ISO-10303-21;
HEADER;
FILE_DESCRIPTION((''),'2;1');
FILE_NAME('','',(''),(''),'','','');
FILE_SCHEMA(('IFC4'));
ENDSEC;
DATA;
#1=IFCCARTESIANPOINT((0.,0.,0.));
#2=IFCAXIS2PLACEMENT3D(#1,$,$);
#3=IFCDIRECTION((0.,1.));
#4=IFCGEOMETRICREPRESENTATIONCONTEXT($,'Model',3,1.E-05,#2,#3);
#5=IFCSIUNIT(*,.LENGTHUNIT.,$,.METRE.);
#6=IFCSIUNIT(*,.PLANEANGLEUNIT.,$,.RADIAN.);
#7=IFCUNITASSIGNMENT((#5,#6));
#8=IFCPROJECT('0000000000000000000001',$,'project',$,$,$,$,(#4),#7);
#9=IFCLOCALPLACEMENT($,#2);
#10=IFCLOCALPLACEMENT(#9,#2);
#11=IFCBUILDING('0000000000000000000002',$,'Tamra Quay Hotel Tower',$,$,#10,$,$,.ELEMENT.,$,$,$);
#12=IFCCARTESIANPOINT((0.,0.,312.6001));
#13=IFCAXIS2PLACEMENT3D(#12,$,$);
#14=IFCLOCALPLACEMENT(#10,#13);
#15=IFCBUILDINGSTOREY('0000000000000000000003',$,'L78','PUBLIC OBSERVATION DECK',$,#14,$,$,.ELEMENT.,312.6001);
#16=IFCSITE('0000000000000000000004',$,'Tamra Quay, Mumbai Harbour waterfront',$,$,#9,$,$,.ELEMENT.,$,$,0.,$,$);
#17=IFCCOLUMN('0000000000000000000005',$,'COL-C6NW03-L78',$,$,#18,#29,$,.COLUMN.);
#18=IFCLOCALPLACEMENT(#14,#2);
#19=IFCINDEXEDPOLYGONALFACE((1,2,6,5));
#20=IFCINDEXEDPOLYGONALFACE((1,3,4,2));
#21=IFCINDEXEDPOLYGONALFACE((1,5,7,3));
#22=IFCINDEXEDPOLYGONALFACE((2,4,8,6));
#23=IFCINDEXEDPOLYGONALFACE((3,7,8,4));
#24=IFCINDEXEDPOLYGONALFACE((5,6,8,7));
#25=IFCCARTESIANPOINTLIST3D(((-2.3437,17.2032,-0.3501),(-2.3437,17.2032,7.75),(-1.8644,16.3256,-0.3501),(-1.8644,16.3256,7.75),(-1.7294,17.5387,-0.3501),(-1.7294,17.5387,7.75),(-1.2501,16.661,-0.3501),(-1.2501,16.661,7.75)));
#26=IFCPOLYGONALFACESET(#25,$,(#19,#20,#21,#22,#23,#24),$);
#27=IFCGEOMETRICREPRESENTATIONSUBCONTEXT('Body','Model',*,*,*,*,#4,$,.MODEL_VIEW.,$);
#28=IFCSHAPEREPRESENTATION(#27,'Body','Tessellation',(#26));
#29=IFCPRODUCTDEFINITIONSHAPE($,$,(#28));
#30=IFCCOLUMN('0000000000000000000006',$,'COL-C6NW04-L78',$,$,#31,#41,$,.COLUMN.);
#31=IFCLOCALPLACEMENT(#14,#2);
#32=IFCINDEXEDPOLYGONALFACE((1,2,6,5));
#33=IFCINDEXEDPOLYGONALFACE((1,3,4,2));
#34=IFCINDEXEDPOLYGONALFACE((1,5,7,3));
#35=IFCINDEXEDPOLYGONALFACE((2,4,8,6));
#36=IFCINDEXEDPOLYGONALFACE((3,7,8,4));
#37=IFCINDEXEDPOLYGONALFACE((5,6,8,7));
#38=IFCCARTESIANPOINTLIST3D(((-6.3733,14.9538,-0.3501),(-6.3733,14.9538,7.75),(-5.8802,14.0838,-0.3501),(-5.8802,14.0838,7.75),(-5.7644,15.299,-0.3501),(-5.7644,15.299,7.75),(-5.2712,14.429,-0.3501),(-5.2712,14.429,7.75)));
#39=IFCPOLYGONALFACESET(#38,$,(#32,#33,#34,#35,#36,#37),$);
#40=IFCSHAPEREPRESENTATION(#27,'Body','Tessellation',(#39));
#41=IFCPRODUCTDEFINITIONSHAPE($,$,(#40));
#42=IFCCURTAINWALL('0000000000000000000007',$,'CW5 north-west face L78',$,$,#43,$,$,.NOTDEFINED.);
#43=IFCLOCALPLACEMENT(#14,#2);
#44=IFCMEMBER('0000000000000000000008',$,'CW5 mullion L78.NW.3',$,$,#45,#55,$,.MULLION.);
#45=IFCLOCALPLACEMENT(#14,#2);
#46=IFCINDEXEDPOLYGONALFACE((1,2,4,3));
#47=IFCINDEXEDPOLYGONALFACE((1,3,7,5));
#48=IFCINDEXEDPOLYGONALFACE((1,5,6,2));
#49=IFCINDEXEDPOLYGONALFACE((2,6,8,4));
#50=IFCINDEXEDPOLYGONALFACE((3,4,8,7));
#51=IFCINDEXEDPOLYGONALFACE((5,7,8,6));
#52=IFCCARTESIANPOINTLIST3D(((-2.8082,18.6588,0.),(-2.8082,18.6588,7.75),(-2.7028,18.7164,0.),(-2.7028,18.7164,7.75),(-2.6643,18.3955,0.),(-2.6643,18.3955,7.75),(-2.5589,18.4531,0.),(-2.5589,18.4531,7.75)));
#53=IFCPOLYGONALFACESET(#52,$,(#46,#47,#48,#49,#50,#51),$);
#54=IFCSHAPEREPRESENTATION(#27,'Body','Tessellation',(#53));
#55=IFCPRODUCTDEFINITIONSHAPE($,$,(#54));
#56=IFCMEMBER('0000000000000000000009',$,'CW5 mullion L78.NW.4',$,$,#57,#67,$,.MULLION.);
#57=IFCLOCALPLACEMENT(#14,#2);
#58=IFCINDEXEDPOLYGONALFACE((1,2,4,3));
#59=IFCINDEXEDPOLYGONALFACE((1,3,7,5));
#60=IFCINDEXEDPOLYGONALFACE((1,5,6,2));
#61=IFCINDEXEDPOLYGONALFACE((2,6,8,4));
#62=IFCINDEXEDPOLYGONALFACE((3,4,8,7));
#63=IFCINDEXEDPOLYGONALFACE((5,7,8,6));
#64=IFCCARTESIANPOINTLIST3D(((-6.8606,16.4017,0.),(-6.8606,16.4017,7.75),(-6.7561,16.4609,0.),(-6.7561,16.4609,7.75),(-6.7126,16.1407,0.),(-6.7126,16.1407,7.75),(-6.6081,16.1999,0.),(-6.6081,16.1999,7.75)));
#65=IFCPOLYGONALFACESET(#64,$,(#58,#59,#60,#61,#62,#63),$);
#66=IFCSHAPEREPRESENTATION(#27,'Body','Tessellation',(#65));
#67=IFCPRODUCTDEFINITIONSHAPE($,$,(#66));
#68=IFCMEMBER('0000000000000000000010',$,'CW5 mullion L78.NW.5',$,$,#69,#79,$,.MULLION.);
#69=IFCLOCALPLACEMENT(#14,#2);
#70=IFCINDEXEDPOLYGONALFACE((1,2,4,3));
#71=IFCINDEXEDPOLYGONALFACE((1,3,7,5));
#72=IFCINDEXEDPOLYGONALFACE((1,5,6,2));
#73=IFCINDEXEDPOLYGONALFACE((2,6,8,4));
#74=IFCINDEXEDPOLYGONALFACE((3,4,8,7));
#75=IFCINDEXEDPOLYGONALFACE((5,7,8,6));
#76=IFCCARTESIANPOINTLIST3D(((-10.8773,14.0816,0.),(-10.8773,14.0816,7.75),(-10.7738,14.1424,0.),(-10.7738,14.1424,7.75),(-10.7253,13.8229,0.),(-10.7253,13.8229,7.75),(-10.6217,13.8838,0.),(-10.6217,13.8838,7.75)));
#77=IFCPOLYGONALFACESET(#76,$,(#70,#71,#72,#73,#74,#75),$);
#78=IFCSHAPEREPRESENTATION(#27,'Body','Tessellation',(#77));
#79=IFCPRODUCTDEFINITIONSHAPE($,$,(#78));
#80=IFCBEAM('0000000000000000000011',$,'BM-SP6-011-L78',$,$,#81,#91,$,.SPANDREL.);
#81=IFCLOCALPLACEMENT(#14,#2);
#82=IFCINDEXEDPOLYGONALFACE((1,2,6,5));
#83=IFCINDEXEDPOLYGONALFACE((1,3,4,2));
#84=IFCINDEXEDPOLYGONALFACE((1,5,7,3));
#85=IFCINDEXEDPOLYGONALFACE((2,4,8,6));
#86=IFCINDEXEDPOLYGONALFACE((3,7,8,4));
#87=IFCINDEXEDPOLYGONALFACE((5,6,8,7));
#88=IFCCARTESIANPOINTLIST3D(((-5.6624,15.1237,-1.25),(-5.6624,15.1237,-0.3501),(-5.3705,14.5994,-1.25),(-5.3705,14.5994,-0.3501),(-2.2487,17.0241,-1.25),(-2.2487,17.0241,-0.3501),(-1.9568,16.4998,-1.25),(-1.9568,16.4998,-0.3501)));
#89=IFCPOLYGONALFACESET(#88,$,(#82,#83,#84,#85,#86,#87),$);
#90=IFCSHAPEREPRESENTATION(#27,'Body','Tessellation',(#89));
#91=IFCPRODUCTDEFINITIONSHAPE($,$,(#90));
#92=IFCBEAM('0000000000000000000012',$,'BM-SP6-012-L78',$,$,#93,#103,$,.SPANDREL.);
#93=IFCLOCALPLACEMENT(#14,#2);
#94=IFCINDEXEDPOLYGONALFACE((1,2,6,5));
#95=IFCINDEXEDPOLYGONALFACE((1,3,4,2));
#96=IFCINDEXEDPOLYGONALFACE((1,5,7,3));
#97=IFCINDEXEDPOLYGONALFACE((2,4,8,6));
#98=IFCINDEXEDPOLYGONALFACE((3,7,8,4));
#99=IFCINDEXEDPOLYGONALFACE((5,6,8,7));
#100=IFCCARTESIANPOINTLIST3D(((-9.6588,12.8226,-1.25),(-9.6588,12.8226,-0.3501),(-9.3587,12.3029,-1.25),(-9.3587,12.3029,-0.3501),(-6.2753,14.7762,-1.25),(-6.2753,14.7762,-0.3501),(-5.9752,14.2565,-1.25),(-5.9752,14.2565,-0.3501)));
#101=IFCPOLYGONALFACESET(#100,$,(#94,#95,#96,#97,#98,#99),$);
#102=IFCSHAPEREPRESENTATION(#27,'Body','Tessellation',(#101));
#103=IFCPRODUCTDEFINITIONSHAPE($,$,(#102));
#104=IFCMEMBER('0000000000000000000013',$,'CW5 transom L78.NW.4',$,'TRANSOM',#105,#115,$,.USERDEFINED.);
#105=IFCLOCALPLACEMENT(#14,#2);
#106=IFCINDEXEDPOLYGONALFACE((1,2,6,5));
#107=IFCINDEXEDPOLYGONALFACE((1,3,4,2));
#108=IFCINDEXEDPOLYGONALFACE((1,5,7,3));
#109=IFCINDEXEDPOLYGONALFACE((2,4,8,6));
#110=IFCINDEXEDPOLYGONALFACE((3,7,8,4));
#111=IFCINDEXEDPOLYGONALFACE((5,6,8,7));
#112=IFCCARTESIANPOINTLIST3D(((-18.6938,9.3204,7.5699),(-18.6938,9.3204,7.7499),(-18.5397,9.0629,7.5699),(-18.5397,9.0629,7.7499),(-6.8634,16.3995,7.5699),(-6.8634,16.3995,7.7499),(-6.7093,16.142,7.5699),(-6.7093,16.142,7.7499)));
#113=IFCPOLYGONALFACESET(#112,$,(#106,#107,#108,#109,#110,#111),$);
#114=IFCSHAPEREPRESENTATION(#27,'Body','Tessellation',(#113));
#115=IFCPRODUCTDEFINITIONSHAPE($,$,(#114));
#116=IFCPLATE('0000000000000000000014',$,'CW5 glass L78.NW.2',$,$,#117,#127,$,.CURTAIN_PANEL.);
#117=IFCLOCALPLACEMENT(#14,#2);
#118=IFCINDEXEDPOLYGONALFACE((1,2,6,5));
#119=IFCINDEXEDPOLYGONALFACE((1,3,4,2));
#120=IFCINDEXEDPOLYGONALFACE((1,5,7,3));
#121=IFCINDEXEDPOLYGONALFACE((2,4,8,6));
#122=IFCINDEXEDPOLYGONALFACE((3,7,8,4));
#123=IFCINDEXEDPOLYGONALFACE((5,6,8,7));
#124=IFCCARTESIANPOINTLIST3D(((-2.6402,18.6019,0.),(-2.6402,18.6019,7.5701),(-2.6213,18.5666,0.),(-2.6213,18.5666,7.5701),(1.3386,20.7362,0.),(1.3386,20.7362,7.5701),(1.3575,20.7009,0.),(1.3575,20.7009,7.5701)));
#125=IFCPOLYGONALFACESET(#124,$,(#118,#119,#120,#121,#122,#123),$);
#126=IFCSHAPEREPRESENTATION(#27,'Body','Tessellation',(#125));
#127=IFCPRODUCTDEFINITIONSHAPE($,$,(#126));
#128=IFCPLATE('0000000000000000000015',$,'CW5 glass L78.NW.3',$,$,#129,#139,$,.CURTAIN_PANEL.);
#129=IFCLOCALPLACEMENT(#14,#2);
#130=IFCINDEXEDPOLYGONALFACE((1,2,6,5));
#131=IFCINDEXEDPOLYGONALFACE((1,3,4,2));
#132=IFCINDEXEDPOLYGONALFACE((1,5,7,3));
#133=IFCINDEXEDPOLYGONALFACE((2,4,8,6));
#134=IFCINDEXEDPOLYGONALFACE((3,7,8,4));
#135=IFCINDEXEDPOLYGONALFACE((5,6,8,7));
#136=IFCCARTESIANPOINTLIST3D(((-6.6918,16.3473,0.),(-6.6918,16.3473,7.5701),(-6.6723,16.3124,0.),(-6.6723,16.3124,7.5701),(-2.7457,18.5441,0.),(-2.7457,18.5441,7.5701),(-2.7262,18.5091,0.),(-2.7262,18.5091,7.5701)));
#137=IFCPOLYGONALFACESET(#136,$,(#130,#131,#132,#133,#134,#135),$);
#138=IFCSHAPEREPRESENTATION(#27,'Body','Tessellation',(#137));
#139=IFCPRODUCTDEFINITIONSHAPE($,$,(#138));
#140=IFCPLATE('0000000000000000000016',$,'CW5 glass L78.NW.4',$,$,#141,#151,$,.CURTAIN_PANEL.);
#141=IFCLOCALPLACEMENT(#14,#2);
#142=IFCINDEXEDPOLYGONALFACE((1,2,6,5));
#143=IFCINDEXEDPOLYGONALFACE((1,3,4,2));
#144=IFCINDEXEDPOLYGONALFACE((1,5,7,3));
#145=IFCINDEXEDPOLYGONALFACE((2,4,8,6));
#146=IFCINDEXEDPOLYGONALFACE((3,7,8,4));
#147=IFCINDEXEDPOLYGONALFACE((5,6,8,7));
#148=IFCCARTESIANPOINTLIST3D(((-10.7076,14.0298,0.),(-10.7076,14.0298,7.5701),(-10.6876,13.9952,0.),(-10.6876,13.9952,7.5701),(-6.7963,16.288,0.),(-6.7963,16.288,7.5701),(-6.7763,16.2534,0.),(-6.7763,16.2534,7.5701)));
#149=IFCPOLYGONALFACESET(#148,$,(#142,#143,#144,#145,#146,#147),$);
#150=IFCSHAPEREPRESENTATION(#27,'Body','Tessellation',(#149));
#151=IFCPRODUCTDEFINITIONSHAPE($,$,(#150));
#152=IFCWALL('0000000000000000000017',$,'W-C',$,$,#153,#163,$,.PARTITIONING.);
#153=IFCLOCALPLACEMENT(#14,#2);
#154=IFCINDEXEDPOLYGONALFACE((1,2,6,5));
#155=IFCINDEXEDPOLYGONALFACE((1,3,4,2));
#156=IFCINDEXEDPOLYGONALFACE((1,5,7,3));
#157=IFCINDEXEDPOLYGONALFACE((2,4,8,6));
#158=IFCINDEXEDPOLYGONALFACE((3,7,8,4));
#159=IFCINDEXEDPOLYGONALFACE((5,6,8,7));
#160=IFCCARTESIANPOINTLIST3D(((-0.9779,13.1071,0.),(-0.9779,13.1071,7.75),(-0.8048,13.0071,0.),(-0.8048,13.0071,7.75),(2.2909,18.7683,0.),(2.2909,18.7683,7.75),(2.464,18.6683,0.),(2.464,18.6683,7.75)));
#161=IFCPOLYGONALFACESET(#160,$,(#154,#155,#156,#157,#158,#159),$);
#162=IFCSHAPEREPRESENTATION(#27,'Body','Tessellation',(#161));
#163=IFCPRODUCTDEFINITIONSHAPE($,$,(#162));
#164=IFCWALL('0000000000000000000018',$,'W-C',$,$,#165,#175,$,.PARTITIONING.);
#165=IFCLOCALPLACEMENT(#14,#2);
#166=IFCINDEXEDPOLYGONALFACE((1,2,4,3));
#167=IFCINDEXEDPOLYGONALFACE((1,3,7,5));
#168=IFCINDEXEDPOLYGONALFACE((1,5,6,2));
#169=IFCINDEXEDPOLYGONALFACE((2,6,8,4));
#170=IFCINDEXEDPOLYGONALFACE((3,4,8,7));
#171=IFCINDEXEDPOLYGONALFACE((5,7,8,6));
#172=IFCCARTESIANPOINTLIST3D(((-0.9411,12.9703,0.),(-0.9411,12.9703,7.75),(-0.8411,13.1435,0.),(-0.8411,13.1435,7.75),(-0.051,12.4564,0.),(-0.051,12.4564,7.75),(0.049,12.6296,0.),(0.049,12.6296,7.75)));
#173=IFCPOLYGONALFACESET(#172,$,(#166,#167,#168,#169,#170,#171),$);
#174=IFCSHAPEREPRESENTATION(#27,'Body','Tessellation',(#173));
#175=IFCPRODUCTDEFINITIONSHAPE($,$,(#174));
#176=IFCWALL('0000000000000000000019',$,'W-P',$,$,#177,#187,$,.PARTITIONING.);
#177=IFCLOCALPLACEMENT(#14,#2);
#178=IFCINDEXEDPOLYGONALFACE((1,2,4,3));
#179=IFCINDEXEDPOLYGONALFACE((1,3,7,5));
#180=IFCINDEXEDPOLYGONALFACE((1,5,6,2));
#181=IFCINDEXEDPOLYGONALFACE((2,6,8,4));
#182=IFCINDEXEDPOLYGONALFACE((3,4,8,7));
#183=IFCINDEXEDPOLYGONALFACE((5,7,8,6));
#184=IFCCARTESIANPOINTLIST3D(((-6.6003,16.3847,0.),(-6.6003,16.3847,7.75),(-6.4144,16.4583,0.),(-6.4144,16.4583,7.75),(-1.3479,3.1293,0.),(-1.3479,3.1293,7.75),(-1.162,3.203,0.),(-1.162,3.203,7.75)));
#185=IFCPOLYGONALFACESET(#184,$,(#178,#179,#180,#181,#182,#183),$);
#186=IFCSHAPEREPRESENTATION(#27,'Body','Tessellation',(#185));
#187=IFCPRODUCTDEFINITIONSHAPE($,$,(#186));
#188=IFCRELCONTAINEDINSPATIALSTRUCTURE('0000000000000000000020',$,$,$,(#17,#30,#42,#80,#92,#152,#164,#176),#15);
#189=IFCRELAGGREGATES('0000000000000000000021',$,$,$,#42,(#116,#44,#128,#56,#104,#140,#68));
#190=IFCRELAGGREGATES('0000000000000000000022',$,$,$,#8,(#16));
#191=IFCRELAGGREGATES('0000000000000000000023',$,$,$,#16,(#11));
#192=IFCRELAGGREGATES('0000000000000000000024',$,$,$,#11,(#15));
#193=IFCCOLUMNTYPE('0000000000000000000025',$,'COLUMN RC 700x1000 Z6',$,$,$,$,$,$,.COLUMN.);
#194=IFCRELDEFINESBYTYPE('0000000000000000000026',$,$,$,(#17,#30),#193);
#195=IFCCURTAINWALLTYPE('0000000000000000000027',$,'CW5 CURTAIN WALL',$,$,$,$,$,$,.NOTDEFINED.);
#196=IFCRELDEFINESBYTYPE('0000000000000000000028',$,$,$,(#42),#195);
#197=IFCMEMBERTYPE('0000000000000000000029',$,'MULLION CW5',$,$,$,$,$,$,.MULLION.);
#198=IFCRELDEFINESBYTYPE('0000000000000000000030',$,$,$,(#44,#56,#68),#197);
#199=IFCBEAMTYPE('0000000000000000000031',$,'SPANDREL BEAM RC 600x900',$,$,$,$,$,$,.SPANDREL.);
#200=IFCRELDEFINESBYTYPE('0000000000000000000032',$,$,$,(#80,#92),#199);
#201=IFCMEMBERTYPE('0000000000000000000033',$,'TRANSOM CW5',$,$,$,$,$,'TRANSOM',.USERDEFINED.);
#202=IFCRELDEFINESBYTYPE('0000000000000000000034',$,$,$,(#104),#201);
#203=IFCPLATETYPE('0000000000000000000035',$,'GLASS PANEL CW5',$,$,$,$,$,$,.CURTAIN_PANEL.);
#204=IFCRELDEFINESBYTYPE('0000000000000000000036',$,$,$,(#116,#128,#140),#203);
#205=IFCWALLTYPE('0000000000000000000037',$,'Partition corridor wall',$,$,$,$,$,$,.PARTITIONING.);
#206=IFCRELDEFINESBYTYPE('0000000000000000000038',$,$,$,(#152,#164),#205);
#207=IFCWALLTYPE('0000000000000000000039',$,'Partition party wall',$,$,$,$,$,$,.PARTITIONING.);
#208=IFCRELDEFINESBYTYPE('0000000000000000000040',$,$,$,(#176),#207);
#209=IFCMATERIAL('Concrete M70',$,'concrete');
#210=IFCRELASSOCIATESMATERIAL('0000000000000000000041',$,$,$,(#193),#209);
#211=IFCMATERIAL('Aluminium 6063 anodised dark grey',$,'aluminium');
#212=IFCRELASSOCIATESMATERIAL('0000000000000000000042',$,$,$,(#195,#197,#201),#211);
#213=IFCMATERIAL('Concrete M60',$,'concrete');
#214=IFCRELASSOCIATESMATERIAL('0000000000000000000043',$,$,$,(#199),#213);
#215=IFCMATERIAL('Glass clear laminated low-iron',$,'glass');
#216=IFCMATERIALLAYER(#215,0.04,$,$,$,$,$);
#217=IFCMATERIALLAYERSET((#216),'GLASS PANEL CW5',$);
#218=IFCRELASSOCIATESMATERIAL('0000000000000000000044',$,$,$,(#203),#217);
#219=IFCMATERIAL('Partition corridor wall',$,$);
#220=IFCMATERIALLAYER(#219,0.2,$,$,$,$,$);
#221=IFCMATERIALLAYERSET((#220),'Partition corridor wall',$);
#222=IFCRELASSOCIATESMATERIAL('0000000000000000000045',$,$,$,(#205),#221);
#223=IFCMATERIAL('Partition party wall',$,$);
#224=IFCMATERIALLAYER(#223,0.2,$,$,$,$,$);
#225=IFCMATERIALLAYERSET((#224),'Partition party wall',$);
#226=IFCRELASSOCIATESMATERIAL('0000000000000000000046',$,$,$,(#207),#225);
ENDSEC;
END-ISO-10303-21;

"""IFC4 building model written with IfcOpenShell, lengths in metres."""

from ifc_helpers import new_model, si_unit, direction, frame, frame_2d, origin, origin_2d, place, context, subcontext, project, spatial, rectangle, extrude, material, layer, layer_set, material_profile, profile_set, type_object, element, aggregate, save


model = new_model("IFC4")

# Units and contexts
model_context = context("Model", 3, precision=1e-05, world=origin(), true_north=direction((0.0, 1.0)))
body_context = subcontext(model_context, "Body", "Model", "MODEL_VIEW")
ifc_project = project(units=[si_unit("LENGTHUNIT", "METRE"), si_unit("PLANEANGLEUNIT", "RADIAN")], contexts=[model_context])

# Site, building, storey
site_placement = place(None, origin())
site = spatial("IfcSite", under=ifc_project, at=site_placement, Name="Tamra Quay, Mumbai Harbour waterfront", CompositionType="ELEMENT", RefElevation=0.0)
building_placement = place(site_placement, origin())
building = spatial("IfcBuilding", under=site, at=building_placement, Name="Tamra Quay Hotel Tower", CompositionType="ELEMENT")
storey_placement = place(building_placement, frame((0.0, 0.0, 312.6001)))
storey = spatial("IfcBuildingStorey", under=building, at=storey_placement, Name="L78", Description="PUBLIC OBSERVATION DECK", CompositionType="ELEMENT", Elevation=312.6001)

# Columns
ifc_material_1 = material(Name="Concrete M70", Category="concrete")
ifc_material_profile_1 = material_profile(ifc_material_1, rectangle(XDim=1.0, YDim=0.7, at=origin_2d()), Name="COLUMN RC 700x1000 Z6")
ifc_profile_set_1 = profile_set([ifc_material_profile_1], Name="Concrete M70")
column_type = type_object("IfcColumnType", Name="COLUMN RC 700x1000 Z6", PredefinedType="COLUMN", material=ifc_profile_set_1)
for number, where, z_axis, x_axis, name in (
    (1, (-1.7969, 16.9321, -0.3501), (0.0, 0.0, 1.0), (-0.479288, 0.877658, 0.0), "COL-C6NW03-L78"),
    (2, (-5.8223, 14.6914, -0.3501), (0.0, 0.0, 1.0), (-0.493125, 0.869958, 0.0), "COL-C6NW04-L78"),
):
    element("IfcColumn", number, at=place(storey_placement, frame(where, z_axis=z_axis, x_axis=x_axis)), inside=storey, type_object=column_type, Name=name, PredefinedType="COLUMN", context=body_context, shape_type="SweptSolid", body=[
        extrude(rectangle(XDim=1.0, YDim=0.7, at=origin_2d()), origin(), (0.0, 0.0, 1.0), 8.1001),
    ])

# Curtain wall, members
ifc_material_2 = material(Name="Aluminium 6063 anodised dark grey", Category="aluminium")
curtain_wall_type = type_object("IfcCurtainWallType", Name="CW5 CURTAIN WALL", PredefinedType="NOTDEFINED", material=ifc_material_2)
curtain_wall_placement = place(storey_placement, origin())
curtain_wall = element("IfcCurtainWall", 3, at=curtain_wall_placement, inside=storey, type_object=curtain_wall_type, Name="CW5 north-west face L78", PredefinedType="NOTDEFINED")
ifc_material_profile_2 = material_profile(ifc_material_2, rectangle(XDim=0.3, YDim=0.1201, at=origin_2d()), Name="MULLION 120X300")
ifc_profile_set_2 = profile_set([ifc_material_profile_2], Name="Aluminium 6063 anodised dark grey")
member_type_1 = type_object("IfcMemberType", Name="MULLION CW5", PredefinedType="MULLION", material=ifc_profile_set_2)
member_1_placement = place(storey_placement, frame((-2.6836, 18.5559, 0.0), z_axis=(0.0, 0.0, 1.0), x_axis=(-0.479565, 0.877506, 0.0)))
member_1 = element("IfcMember", 4, at=member_1_placement, type_object=member_type_1, Name="CW5 mullion L78.NW.3", PredefinedType="MULLION", context=body_context, shape_type="SweptSolid", body=[
    extrude(rectangle(XDim=0.3, YDim=0.1201, at=origin_2d()), origin(), (0.0, 0.0, 1.0), 7.75),
])
member_2_placement = place(storey_placement, frame((-6.7344, 16.3008, 0.0), z_axis=(0.0, 0.0, 1.0), x_axis=(-0.493215, 0.869907, 0.0)))
member_2 = element("IfcMember", 5, at=member_2_placement, type_object=member_type_1, Name="CW5 mullion L78.NW.4", PredefinedType="MULLION", context=body_context, shape_type="SweptSolid", body=[
    extrude(rectangle(XDim=0.3, YDim=0.1201, at=origin_2d()), origin(), (0.0, 0.0, 1.0), 7.75),
])
member_3_placement = place(storey_placement, frame((-10.7495, 13.9827, 0.0), z_axis=(0.0, 0.0, 1.0), x_axis=(-0.506754, 0.862091, 0.0)))
member_3 = element("IfcMember", 6, at=member_3_placement, type_object=member_type_1, Name="CW5 mullion L78.NW.5", PredefinedType="MULLION", context=body_context, shape_type="SweptSolid", body=[
    extrude(rectangle(XDim=0.3, YDim=0.1201, at=origin_2d()), origin(), (0.0, 0.0, 1.0), 7.75),
])

# Beams
ifc_material_3 = material(Name="Concrete M60", Category="concrete")
ifc_material_profile_3 = material_profile(ifc_material_3, rectangle(XDim=0.6001, YDim=0.8999, at=origin_2d()), Name="SPANDREL BEAM RC 600x900")
ifc_profile_set_3 = profile_set([ifc_material_profile_3], Name="Concrete M60")
beam_type = type_object("IfcBeamType", Name="SPANDREL BEAM RC 600x900", PredefinedType="SPANDREL", material=ifc_profile_set_3)
for number, where, z_axis, x_axis, name in (
    (7, (-2.1028, 16.762, -0.8), (-0.873727, -0.486417, 0.0), (0.486417, -0.873727, 0.0), "BM-SP6-011-L78"),
    (8, (-6.1252, 14.5164, -0.8), (-0.866012, -0.500024, 0.0), (0.500024, -0.866012, 0.0), "BM-SP6-012-L78"),
):
    element("IfcBeam", number, at=place(storey_placement, frame(where, z_axis=z_axis, x_axis=x_axis)), inside=storey, type_object=beam_type, Name=name, PredefinedType="SPANDREL", context=body_context, shape_type="SweptSolid", body=[
        extrude(rectangle(XDim=0.6001, YDim=0.8999, at=origin_2d()), origin(), (0.0, 0.0, 1.0), 3.907),
    ])

# Member
ifc_material_profile_4 = material_profile(ifc_material_2, rectangle(XDim=0.3, YDim=0.1799, at=origin_2d()), Name="TRANSOM 300X180")
ifc_profile_set_4 = profile_set([ifc_material_profile_4], Name="Aluminium 6063 anodised dark grey")
member_type_2 = type_object("IfcMemberType", Name="TRANSOM CW5", ElementType="TRANSOM", PredefinedType="USERDEFINED", material=ifc_profile_set_4)
member_4_placement = place(storey_placement, frame((-6.7864, 16.2708, 7.6599), z_axis=(-0.858103, -0.513477, 0.0), x_axis=(0.513477, -0.858103, 0.0)))
member_4 = element("IfcMember", 9, at=member_4_placement, type_object=member_type_2, Name="CW5 transom L78.NW.4", ObjectType="TRANSOM", PredefinedType="USERDEFINED", context=body_context, shape_type="SweptSolid", body=[
    extrude(rectangle(XDim=0.3, YDim=0.1799, at=origin_2d()), origin(), (0.0, 0.0, 1.0), 13.7866),
])

# Plates
ifc_material_4 = material(Name="Glass clear laminated low-iron", Category="glass")
ifc_layer_1 = layer(ifc_material_4, 0.04)
ifc_layer_set_1 = layer_set([ifc_layer_1], Name="GLASS PANEL CW5")
plate_type = type_object("IfcPlateType", Name="GLASS PANEL CW5", PredefinedType="CURTAIN_PANEL", material=ifc_layer_set_1)
plate_1_placement = place(storey_placement, frame((-0.6414, 19.6514, 0.0), z_axis=(0.0, 0.0, 1.0), x_axis=(-0.881224, -0.4727, 0.0)))
plate_1 = element("IfcPlate", 10, at=plate_1_placement, type_object=plate_type, Name="CW5 glass L78.NW.2", PredefinedType="CURTAIN_PANEL", context=body_context, shape_type="SweptSolid", body=[
    extrude(rectangle(XDim=4.5151, YDim=0.04, at=origin_2d()), origin(), (0.0, 0.0, 1.0), 7.5701),
])
plate_2_placement = place(storey_placement, frame((-4.709, 17.4282, 0.0), z_axis=(0.0, 0.0, 1.0), x_axis=(-0.873736, -0.486401, 0.0)))
plate_2 = element("IfcPlate", 11, at=plate_2_placement, type_object=plate_type, Name="CW5 glass L78.NW.3", PredefinedType="CURTAIN_PANEL", context=body_context, shape_type="SweptSolid", body=[
    extrude(rectangle(XDim=4.5164, YDim=0.04, at=origin_2d()), origin(), (0.0, 0.0, 1.0), 7.5701),
])
plate_3_placement = place(storey_placement, frame((-8.7419, 15.1416, 0.0), z_axis=(0.0, 0.0, 1.0), x_axis=(-0.866025, -0.5, 0.0)))
plate_3 = element("IfcPlate", 12, at=plate_3_placement, type_object=plate_type, Name="CW5 glass L78.NW.4", PredefinedType="CURTAIN_PANEL", context=body_context, shape_type="SweptSolid", body=[
    extrude(rectangle(XDim=4.5164, YDim=0.04, at=origin_2d()), origin(), (0.0, 0.0, 1.0), 7.5701),
])
aggregate(curtain_wall, [plate_1, member_1, plate_2, member_2, member_4, plate_3, member_3])

# Walls
ifc_material_5 = material(Name="Partition corridor wall")
ifc_layer_2 = layer(ifc_material_5, 0.2)
ifc_layer_set_2 = layer_set([ifc_layer_2], Name="Partition corridor wall")
wall_type_1 = type_object("IfcWallType", Name="Partition corridor wall", PredefinedType="PARTITIONING", material=ifc_layer_set_2)
wall_1_placement = place(storey_placement, frame((-0.8914, 13.0571, 0.0), z_axis=(0.0, 0.0, 1.0), x_axis=(0.500039, 0.866003, 0.0)))
element("IfcWall", 13, at=wall_1_placement, inside=storey, type_object=wall_type_1, Name="W-C", PredefinedType="PARTITIONING", context=body_context, shape_type="SweptSolid", body=[
    extrude(rectangle(XDim=6.5371, YDim=0.2, at=frame_2d((3.2686, 0.0))), origin(), (0.0, 0.0, 1.0), 7.75),
])
wall_2_placement = place(storey_placement, frame((-0.8911, 13.0569, 0.0), z_axis=(0.0, 0.0, 1.0), x_axis=(0.866027, -0.499997, 0.0)))
element("IfcWall", 14, at=wall_2_placement, inside=storey, type_object=wall_type_1, Name="W-C", PredefinedType="PARTITIONING", context=body_context, shape_type="SweptSolid", body=[
    extrude(rectangle(XDim=1.0278, YDim=0.2, at=frame_2d((0.5139, 0.0))), origin(), (0.0, 0.0, 1.0), 7.75),
])
ifc_material_6 = material(Name="Partition party wall")
ifc_layer_3 = layer(ifc_material_6, 0.2)
ifc_layer_set_3 = layer_set([ifc_layer_3], Name="Partition party wall")
wall_type_2 = type_object("IfcWallType", Name="Partition party wall", PredefinedType="PARTITIONING", material=ifc_layer_set_3)
wall_3_placement = place(storey_placement, frame((-6.5073, 16.4214, 0.0), z_axis=(0.0, 0.0, 1.0), x_axis=(0.368383, -0.929674, 0.0)))
element("IfcWall", 15, at=wall_3_placement, inside=storey, type_object=wall_type_2, Name="W-P", PredefinedType="PARTITIONING", context=body_context, shape_type="SweptSolid", body=[
    extrude(rectangle(XDim=14.2581, YDim=0.2, at=frame_2d((7.1289, 0.0))), origin(), (0.0, 0.0, 1.0), 7.75),
])

save(model, "model.ifc")
